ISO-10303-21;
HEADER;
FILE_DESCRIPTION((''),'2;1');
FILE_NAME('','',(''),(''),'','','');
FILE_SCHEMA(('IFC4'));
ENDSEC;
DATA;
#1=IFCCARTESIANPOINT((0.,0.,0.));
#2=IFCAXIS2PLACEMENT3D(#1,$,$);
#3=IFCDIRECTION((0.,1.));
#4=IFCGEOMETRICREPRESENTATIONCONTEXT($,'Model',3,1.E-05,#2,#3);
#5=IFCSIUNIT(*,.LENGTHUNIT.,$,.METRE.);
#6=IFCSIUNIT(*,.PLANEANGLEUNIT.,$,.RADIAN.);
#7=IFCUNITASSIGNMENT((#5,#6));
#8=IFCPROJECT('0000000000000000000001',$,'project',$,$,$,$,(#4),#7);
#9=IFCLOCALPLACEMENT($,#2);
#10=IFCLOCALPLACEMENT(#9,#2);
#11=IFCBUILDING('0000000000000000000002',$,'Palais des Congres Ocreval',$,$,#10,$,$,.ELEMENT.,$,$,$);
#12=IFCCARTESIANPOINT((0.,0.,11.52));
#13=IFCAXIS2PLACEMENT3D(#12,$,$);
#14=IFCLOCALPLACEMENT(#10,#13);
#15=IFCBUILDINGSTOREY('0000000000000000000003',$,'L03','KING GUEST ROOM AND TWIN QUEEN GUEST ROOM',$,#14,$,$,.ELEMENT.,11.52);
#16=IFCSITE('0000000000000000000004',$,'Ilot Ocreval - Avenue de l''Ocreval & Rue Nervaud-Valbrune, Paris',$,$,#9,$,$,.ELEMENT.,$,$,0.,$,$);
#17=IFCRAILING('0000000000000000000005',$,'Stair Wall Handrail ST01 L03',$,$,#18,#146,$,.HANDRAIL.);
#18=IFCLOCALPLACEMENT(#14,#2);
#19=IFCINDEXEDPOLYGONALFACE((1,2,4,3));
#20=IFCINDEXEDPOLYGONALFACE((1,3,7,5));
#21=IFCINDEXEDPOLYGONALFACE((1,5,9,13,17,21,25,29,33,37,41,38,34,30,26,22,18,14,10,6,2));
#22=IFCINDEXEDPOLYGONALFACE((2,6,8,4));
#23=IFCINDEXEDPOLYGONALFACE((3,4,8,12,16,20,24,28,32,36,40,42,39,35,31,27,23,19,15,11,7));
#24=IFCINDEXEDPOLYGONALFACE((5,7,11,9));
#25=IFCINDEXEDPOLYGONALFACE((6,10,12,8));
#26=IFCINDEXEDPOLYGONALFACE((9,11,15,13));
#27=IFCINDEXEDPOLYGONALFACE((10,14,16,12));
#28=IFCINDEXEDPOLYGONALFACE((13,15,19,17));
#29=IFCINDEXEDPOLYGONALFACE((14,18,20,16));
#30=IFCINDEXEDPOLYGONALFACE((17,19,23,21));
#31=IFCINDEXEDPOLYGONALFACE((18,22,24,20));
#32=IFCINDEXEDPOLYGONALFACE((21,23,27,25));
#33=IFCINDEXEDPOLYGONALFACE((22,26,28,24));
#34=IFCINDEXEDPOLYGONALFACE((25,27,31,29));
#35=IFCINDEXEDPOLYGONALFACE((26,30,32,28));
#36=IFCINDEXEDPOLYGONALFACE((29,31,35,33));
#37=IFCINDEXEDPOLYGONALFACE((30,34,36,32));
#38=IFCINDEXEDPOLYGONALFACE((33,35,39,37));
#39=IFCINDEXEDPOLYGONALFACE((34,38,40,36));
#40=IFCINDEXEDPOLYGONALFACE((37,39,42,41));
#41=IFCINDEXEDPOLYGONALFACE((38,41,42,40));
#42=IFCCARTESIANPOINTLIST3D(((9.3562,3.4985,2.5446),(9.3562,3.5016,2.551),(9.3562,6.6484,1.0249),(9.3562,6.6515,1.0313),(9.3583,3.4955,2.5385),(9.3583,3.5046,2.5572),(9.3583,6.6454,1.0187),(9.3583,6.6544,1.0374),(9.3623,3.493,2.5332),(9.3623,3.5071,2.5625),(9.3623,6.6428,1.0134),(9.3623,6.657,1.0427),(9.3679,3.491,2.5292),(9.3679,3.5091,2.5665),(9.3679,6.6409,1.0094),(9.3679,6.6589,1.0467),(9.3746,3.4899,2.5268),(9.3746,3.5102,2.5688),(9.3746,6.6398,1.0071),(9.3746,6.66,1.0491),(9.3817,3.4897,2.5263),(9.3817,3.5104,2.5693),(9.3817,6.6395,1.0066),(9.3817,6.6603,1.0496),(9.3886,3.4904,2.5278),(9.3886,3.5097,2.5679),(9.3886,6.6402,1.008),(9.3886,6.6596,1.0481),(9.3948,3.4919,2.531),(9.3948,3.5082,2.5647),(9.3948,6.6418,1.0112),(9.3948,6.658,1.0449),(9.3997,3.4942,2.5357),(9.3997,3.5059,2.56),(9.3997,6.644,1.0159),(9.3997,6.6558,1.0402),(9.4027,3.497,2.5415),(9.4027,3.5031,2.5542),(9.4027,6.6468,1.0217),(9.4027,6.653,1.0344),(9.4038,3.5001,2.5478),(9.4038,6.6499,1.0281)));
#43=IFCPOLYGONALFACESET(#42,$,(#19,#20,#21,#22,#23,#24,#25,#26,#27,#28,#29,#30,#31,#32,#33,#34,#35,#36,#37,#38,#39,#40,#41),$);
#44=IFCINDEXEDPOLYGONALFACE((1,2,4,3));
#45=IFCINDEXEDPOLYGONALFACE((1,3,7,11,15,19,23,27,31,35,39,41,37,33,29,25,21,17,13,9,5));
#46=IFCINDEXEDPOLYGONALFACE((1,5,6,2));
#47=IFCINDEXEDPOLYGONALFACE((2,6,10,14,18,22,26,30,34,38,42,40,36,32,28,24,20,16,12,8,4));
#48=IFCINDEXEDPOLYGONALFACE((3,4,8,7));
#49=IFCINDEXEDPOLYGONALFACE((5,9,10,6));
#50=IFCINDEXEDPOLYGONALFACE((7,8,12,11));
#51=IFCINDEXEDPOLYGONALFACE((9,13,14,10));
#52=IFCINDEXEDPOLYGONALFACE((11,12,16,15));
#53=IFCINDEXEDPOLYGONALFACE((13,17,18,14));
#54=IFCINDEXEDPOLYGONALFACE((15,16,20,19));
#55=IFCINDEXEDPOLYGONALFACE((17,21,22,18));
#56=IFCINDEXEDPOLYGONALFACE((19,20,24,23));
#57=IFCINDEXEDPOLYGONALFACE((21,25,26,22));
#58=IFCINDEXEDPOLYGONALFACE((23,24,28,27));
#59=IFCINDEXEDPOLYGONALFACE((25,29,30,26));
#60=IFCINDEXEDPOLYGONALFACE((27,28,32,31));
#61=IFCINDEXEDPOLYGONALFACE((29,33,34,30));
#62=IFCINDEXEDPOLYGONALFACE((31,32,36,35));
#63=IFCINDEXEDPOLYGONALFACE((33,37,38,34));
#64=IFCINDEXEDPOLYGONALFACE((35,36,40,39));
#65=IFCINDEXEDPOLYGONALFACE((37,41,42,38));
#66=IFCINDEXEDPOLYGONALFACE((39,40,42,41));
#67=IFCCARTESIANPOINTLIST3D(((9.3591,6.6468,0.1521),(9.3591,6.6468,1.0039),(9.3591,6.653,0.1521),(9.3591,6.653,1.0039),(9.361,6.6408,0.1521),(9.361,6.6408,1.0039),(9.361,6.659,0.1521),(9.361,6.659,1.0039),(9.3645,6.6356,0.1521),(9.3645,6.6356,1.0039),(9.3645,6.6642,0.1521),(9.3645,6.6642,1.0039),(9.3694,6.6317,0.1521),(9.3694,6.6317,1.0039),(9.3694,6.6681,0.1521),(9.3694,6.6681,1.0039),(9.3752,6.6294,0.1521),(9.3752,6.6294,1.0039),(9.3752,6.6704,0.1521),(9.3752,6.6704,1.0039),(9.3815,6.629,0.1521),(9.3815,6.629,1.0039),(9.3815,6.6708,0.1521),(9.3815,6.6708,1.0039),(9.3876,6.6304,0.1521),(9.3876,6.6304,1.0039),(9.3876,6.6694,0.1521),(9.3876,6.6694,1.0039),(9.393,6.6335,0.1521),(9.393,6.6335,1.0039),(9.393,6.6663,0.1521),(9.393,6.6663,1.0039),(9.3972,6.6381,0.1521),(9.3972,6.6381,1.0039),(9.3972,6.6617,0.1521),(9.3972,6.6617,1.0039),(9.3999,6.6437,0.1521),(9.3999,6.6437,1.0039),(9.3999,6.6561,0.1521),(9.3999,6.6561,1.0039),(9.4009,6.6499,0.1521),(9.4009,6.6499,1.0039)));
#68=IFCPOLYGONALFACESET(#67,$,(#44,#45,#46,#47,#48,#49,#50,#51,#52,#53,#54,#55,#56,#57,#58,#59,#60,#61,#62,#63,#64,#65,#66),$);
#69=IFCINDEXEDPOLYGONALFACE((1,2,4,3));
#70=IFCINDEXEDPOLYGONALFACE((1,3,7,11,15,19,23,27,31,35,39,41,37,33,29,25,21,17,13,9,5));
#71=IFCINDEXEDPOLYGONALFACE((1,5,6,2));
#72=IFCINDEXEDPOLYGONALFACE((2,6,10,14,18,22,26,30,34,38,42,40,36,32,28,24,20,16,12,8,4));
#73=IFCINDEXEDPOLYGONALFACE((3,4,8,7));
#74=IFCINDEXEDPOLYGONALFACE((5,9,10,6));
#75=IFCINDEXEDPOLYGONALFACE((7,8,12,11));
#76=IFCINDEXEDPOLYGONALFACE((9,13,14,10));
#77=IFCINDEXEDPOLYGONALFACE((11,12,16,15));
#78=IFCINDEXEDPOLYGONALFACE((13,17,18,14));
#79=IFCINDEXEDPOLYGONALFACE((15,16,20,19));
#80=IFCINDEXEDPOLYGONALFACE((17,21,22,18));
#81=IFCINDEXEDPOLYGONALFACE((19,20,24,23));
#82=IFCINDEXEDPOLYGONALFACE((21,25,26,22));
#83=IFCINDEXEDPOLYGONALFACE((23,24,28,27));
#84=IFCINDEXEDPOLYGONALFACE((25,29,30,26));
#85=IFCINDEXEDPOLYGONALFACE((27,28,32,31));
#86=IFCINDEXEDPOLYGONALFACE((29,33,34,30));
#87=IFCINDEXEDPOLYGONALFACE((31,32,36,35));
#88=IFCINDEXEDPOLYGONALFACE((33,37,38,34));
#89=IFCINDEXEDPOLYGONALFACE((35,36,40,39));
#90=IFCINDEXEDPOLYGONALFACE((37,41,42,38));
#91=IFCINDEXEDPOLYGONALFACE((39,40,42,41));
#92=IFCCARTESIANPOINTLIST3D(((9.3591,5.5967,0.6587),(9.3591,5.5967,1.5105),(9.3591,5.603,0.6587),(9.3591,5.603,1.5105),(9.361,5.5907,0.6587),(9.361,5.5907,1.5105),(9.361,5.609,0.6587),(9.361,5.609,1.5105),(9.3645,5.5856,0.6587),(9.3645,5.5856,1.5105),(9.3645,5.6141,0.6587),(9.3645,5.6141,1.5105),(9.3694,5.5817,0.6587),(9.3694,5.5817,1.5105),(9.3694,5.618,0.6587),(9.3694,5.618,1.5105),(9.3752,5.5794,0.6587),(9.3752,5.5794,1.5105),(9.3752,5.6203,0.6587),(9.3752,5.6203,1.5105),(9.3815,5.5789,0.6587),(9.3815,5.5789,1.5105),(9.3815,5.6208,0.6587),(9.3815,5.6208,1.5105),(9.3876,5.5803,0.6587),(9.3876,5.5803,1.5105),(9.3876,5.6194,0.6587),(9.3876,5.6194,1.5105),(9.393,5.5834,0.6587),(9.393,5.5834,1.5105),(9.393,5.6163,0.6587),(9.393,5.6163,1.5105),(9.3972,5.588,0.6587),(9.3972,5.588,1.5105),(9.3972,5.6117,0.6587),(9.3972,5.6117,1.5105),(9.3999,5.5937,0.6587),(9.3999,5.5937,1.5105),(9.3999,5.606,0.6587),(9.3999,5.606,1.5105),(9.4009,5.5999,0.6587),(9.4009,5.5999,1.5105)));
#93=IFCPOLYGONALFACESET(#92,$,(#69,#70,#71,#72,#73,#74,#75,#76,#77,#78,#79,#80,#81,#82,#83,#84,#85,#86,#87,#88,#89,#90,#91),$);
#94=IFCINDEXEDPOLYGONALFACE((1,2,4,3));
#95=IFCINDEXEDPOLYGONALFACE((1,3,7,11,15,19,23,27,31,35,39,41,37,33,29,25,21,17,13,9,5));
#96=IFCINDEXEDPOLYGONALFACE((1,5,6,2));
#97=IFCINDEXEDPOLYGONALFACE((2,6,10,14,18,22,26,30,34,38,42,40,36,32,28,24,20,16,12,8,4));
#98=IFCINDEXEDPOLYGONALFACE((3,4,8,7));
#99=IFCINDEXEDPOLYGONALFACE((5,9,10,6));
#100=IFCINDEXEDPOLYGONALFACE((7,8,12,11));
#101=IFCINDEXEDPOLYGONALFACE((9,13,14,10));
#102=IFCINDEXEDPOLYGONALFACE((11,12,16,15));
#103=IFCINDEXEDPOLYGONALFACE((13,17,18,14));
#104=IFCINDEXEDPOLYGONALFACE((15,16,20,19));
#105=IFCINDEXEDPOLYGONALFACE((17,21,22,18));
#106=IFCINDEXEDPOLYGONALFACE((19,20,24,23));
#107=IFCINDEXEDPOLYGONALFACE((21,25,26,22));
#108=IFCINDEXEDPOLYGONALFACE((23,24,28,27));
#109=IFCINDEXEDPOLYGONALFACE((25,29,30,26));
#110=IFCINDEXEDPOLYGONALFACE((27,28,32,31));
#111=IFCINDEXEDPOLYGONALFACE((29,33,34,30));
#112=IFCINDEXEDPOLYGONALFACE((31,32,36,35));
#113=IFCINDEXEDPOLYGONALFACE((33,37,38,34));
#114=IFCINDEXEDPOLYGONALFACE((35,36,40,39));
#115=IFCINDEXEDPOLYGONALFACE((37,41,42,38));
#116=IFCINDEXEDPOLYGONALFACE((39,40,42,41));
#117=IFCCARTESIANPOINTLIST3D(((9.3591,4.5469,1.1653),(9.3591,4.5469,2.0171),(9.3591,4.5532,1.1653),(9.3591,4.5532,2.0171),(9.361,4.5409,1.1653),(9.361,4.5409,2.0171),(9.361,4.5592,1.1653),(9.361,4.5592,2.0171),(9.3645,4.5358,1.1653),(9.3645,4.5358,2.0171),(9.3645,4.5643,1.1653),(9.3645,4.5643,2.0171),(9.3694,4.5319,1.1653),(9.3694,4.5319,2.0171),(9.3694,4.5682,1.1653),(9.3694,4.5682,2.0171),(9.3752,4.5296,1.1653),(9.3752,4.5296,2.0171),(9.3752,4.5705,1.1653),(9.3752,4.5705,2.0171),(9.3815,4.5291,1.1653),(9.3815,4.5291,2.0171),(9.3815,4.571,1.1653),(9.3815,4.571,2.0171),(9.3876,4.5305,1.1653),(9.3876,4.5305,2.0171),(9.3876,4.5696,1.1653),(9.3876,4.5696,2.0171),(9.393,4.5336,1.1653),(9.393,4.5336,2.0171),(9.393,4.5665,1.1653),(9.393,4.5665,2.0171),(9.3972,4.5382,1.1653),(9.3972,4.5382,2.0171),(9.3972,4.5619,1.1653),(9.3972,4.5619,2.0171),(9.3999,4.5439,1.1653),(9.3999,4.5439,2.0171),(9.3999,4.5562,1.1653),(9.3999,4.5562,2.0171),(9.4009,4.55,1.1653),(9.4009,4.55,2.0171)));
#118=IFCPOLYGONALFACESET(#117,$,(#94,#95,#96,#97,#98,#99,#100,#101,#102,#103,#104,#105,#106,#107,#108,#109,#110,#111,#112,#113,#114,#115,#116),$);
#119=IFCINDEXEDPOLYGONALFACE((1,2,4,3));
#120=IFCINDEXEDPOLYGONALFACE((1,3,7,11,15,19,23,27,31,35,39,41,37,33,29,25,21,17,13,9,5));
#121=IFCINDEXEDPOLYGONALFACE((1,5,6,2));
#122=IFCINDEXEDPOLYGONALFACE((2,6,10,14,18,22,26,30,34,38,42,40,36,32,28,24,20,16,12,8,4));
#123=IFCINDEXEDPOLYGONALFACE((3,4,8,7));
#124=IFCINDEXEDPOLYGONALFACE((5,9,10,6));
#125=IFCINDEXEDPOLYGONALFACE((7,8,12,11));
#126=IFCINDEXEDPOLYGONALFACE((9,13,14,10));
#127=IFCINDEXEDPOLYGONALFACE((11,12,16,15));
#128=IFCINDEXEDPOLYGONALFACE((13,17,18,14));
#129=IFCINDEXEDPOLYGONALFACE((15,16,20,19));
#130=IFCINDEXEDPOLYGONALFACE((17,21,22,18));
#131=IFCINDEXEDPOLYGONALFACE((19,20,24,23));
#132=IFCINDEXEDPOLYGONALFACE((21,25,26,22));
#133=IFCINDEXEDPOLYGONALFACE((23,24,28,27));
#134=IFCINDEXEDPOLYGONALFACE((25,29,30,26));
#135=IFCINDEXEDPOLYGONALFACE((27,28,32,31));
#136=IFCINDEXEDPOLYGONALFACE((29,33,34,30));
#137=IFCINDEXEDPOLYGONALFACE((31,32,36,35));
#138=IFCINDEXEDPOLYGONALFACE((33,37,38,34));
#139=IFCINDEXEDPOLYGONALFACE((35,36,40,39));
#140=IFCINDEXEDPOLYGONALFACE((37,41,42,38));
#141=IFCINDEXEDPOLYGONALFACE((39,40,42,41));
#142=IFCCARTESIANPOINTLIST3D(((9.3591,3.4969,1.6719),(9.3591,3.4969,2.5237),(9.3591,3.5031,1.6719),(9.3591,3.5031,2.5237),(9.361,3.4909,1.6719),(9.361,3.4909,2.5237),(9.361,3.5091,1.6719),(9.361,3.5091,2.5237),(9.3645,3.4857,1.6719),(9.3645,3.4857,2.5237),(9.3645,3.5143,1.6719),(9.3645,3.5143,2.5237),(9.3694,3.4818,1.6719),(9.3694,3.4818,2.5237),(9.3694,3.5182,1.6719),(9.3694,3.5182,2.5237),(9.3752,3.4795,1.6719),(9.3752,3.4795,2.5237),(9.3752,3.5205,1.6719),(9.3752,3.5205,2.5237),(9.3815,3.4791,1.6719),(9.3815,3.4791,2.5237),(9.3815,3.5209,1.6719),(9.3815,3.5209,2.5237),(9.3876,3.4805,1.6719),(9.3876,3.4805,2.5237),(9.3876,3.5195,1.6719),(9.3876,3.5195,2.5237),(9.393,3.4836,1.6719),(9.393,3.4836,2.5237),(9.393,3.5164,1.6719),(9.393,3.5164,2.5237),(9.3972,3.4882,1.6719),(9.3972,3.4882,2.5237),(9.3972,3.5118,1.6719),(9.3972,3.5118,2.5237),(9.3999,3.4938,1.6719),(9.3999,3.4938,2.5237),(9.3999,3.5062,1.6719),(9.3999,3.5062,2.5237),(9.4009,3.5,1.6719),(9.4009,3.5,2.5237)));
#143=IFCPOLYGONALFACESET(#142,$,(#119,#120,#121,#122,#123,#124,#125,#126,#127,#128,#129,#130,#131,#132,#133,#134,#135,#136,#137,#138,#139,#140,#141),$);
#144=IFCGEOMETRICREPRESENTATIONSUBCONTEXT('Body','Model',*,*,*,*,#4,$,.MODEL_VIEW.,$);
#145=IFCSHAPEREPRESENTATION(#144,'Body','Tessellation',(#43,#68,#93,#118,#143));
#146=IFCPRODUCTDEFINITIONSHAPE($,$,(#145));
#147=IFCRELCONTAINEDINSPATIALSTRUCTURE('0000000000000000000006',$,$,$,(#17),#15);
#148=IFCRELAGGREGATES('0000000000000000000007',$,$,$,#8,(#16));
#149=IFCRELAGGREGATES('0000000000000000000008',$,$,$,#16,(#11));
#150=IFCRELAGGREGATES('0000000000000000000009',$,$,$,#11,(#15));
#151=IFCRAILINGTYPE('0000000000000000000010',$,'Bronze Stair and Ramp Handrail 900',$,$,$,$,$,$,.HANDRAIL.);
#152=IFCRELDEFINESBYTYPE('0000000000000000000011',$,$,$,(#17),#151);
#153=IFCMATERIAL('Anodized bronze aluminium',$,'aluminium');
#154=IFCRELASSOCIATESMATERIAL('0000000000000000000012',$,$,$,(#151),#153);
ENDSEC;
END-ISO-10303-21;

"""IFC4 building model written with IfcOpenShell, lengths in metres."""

from ifc_helpers import new_model, si_unit, direction, frame, origin, origin_2d, place, context, subcontext, project, spatial, circle, extrude, material, type_object, element, save


model = new_model("IFC4")

# Units and contexts
model_context = context("Model", 3, precision=1e-05, world=origin(), true_north=direction((0.0, 1.0)))
body_context = subcontext(model_context, "Body", "Model", "MODEL_VIEW")
ifc_project = project(units=[si_unit("LENGTHUNIT", "METRE"), si_unit("PLANEANGLEUNIT", "RADIAN")], contexts=[model_context])

# Site, building, storey
site_placement = place(None, origin())
site = spatial("IfcSite", under=ifc_project, at=site_placement, Name="Ilot Ocreval - Avenue de l'Ocreval & Rue Nervaud-Valbrune, Paris", CompositionType="ELEMENT", RefElevation=0.0)
building_placement = place(site_placement, origin())
building = spatial("IfcBuilding", under=site, at=building_placement, Name="Palais des Congres Ocreval", CompositionType="ELEMENT")
storey_placement = place(building_placement, frame((0.0, 0.0, 11.52)))
storey = spatial("IfcBuildingStorey", under=building, at=storey_placement, Name="L03", Description="KING GUEST ROOM AND TWIN QUEEN GUEST ROOM", CompositionType="ELEMENT", Elevation=11.52)

# Railing
ifc_material_1 = material(Name="Anodized bronze aluminium", Category="aluminium")
railing_type_1 = type_object("IfcRailingType", Name="Bronze Stair and Ramp Handrail 900", PredefinedType="HANDRAIL", material=ifc_material_1)
railing_1_placement = place(storey_placement, frame((9.3799, 6.6499, 0.1521)))
element("IfcRailing", 1, at=railing_1_placement, inside=storey, type_object=railing_type_1, Name="Stair Wall Handrail ST01 L03", PredefinedType="HANDRAIL", context=body_context, shape_type="SweptSolid", body=[
    extrude(circle(Radius=0.0239, at=origin_2d()), frame((0.0, 0.0, 0.876), z_axis=(0.0, -0.900649, 0.434548), x_axis=(1.0, 0.0, 0.0)), (0.0, 0.0, 1.0), 3.4973),
    extrude(circle(Radius=0.021, at=origin_2d()), origin(), (0.0, 0.0, 1.0), 0.8518),
    extrude(circle(Radius=0.021, at=origin_2d()), frame((0.0, -1.05, 0.5066)), (0.0, 0.0, 1.0), 0.8518),
    extrude(circle(Radius=0.021, at=origin_2d()), frame((0.0, -2.0999, 1.0132)), (0.0, 0.0, 1.0), 0.8518),
    extrude(circle(Radius=0.021, at=origin_2d()), frame((0.0, -3.1499, 1.5198)), (0.0, 0.0, 1.0), 0.8518),
])

save(model, "model.ifc")
